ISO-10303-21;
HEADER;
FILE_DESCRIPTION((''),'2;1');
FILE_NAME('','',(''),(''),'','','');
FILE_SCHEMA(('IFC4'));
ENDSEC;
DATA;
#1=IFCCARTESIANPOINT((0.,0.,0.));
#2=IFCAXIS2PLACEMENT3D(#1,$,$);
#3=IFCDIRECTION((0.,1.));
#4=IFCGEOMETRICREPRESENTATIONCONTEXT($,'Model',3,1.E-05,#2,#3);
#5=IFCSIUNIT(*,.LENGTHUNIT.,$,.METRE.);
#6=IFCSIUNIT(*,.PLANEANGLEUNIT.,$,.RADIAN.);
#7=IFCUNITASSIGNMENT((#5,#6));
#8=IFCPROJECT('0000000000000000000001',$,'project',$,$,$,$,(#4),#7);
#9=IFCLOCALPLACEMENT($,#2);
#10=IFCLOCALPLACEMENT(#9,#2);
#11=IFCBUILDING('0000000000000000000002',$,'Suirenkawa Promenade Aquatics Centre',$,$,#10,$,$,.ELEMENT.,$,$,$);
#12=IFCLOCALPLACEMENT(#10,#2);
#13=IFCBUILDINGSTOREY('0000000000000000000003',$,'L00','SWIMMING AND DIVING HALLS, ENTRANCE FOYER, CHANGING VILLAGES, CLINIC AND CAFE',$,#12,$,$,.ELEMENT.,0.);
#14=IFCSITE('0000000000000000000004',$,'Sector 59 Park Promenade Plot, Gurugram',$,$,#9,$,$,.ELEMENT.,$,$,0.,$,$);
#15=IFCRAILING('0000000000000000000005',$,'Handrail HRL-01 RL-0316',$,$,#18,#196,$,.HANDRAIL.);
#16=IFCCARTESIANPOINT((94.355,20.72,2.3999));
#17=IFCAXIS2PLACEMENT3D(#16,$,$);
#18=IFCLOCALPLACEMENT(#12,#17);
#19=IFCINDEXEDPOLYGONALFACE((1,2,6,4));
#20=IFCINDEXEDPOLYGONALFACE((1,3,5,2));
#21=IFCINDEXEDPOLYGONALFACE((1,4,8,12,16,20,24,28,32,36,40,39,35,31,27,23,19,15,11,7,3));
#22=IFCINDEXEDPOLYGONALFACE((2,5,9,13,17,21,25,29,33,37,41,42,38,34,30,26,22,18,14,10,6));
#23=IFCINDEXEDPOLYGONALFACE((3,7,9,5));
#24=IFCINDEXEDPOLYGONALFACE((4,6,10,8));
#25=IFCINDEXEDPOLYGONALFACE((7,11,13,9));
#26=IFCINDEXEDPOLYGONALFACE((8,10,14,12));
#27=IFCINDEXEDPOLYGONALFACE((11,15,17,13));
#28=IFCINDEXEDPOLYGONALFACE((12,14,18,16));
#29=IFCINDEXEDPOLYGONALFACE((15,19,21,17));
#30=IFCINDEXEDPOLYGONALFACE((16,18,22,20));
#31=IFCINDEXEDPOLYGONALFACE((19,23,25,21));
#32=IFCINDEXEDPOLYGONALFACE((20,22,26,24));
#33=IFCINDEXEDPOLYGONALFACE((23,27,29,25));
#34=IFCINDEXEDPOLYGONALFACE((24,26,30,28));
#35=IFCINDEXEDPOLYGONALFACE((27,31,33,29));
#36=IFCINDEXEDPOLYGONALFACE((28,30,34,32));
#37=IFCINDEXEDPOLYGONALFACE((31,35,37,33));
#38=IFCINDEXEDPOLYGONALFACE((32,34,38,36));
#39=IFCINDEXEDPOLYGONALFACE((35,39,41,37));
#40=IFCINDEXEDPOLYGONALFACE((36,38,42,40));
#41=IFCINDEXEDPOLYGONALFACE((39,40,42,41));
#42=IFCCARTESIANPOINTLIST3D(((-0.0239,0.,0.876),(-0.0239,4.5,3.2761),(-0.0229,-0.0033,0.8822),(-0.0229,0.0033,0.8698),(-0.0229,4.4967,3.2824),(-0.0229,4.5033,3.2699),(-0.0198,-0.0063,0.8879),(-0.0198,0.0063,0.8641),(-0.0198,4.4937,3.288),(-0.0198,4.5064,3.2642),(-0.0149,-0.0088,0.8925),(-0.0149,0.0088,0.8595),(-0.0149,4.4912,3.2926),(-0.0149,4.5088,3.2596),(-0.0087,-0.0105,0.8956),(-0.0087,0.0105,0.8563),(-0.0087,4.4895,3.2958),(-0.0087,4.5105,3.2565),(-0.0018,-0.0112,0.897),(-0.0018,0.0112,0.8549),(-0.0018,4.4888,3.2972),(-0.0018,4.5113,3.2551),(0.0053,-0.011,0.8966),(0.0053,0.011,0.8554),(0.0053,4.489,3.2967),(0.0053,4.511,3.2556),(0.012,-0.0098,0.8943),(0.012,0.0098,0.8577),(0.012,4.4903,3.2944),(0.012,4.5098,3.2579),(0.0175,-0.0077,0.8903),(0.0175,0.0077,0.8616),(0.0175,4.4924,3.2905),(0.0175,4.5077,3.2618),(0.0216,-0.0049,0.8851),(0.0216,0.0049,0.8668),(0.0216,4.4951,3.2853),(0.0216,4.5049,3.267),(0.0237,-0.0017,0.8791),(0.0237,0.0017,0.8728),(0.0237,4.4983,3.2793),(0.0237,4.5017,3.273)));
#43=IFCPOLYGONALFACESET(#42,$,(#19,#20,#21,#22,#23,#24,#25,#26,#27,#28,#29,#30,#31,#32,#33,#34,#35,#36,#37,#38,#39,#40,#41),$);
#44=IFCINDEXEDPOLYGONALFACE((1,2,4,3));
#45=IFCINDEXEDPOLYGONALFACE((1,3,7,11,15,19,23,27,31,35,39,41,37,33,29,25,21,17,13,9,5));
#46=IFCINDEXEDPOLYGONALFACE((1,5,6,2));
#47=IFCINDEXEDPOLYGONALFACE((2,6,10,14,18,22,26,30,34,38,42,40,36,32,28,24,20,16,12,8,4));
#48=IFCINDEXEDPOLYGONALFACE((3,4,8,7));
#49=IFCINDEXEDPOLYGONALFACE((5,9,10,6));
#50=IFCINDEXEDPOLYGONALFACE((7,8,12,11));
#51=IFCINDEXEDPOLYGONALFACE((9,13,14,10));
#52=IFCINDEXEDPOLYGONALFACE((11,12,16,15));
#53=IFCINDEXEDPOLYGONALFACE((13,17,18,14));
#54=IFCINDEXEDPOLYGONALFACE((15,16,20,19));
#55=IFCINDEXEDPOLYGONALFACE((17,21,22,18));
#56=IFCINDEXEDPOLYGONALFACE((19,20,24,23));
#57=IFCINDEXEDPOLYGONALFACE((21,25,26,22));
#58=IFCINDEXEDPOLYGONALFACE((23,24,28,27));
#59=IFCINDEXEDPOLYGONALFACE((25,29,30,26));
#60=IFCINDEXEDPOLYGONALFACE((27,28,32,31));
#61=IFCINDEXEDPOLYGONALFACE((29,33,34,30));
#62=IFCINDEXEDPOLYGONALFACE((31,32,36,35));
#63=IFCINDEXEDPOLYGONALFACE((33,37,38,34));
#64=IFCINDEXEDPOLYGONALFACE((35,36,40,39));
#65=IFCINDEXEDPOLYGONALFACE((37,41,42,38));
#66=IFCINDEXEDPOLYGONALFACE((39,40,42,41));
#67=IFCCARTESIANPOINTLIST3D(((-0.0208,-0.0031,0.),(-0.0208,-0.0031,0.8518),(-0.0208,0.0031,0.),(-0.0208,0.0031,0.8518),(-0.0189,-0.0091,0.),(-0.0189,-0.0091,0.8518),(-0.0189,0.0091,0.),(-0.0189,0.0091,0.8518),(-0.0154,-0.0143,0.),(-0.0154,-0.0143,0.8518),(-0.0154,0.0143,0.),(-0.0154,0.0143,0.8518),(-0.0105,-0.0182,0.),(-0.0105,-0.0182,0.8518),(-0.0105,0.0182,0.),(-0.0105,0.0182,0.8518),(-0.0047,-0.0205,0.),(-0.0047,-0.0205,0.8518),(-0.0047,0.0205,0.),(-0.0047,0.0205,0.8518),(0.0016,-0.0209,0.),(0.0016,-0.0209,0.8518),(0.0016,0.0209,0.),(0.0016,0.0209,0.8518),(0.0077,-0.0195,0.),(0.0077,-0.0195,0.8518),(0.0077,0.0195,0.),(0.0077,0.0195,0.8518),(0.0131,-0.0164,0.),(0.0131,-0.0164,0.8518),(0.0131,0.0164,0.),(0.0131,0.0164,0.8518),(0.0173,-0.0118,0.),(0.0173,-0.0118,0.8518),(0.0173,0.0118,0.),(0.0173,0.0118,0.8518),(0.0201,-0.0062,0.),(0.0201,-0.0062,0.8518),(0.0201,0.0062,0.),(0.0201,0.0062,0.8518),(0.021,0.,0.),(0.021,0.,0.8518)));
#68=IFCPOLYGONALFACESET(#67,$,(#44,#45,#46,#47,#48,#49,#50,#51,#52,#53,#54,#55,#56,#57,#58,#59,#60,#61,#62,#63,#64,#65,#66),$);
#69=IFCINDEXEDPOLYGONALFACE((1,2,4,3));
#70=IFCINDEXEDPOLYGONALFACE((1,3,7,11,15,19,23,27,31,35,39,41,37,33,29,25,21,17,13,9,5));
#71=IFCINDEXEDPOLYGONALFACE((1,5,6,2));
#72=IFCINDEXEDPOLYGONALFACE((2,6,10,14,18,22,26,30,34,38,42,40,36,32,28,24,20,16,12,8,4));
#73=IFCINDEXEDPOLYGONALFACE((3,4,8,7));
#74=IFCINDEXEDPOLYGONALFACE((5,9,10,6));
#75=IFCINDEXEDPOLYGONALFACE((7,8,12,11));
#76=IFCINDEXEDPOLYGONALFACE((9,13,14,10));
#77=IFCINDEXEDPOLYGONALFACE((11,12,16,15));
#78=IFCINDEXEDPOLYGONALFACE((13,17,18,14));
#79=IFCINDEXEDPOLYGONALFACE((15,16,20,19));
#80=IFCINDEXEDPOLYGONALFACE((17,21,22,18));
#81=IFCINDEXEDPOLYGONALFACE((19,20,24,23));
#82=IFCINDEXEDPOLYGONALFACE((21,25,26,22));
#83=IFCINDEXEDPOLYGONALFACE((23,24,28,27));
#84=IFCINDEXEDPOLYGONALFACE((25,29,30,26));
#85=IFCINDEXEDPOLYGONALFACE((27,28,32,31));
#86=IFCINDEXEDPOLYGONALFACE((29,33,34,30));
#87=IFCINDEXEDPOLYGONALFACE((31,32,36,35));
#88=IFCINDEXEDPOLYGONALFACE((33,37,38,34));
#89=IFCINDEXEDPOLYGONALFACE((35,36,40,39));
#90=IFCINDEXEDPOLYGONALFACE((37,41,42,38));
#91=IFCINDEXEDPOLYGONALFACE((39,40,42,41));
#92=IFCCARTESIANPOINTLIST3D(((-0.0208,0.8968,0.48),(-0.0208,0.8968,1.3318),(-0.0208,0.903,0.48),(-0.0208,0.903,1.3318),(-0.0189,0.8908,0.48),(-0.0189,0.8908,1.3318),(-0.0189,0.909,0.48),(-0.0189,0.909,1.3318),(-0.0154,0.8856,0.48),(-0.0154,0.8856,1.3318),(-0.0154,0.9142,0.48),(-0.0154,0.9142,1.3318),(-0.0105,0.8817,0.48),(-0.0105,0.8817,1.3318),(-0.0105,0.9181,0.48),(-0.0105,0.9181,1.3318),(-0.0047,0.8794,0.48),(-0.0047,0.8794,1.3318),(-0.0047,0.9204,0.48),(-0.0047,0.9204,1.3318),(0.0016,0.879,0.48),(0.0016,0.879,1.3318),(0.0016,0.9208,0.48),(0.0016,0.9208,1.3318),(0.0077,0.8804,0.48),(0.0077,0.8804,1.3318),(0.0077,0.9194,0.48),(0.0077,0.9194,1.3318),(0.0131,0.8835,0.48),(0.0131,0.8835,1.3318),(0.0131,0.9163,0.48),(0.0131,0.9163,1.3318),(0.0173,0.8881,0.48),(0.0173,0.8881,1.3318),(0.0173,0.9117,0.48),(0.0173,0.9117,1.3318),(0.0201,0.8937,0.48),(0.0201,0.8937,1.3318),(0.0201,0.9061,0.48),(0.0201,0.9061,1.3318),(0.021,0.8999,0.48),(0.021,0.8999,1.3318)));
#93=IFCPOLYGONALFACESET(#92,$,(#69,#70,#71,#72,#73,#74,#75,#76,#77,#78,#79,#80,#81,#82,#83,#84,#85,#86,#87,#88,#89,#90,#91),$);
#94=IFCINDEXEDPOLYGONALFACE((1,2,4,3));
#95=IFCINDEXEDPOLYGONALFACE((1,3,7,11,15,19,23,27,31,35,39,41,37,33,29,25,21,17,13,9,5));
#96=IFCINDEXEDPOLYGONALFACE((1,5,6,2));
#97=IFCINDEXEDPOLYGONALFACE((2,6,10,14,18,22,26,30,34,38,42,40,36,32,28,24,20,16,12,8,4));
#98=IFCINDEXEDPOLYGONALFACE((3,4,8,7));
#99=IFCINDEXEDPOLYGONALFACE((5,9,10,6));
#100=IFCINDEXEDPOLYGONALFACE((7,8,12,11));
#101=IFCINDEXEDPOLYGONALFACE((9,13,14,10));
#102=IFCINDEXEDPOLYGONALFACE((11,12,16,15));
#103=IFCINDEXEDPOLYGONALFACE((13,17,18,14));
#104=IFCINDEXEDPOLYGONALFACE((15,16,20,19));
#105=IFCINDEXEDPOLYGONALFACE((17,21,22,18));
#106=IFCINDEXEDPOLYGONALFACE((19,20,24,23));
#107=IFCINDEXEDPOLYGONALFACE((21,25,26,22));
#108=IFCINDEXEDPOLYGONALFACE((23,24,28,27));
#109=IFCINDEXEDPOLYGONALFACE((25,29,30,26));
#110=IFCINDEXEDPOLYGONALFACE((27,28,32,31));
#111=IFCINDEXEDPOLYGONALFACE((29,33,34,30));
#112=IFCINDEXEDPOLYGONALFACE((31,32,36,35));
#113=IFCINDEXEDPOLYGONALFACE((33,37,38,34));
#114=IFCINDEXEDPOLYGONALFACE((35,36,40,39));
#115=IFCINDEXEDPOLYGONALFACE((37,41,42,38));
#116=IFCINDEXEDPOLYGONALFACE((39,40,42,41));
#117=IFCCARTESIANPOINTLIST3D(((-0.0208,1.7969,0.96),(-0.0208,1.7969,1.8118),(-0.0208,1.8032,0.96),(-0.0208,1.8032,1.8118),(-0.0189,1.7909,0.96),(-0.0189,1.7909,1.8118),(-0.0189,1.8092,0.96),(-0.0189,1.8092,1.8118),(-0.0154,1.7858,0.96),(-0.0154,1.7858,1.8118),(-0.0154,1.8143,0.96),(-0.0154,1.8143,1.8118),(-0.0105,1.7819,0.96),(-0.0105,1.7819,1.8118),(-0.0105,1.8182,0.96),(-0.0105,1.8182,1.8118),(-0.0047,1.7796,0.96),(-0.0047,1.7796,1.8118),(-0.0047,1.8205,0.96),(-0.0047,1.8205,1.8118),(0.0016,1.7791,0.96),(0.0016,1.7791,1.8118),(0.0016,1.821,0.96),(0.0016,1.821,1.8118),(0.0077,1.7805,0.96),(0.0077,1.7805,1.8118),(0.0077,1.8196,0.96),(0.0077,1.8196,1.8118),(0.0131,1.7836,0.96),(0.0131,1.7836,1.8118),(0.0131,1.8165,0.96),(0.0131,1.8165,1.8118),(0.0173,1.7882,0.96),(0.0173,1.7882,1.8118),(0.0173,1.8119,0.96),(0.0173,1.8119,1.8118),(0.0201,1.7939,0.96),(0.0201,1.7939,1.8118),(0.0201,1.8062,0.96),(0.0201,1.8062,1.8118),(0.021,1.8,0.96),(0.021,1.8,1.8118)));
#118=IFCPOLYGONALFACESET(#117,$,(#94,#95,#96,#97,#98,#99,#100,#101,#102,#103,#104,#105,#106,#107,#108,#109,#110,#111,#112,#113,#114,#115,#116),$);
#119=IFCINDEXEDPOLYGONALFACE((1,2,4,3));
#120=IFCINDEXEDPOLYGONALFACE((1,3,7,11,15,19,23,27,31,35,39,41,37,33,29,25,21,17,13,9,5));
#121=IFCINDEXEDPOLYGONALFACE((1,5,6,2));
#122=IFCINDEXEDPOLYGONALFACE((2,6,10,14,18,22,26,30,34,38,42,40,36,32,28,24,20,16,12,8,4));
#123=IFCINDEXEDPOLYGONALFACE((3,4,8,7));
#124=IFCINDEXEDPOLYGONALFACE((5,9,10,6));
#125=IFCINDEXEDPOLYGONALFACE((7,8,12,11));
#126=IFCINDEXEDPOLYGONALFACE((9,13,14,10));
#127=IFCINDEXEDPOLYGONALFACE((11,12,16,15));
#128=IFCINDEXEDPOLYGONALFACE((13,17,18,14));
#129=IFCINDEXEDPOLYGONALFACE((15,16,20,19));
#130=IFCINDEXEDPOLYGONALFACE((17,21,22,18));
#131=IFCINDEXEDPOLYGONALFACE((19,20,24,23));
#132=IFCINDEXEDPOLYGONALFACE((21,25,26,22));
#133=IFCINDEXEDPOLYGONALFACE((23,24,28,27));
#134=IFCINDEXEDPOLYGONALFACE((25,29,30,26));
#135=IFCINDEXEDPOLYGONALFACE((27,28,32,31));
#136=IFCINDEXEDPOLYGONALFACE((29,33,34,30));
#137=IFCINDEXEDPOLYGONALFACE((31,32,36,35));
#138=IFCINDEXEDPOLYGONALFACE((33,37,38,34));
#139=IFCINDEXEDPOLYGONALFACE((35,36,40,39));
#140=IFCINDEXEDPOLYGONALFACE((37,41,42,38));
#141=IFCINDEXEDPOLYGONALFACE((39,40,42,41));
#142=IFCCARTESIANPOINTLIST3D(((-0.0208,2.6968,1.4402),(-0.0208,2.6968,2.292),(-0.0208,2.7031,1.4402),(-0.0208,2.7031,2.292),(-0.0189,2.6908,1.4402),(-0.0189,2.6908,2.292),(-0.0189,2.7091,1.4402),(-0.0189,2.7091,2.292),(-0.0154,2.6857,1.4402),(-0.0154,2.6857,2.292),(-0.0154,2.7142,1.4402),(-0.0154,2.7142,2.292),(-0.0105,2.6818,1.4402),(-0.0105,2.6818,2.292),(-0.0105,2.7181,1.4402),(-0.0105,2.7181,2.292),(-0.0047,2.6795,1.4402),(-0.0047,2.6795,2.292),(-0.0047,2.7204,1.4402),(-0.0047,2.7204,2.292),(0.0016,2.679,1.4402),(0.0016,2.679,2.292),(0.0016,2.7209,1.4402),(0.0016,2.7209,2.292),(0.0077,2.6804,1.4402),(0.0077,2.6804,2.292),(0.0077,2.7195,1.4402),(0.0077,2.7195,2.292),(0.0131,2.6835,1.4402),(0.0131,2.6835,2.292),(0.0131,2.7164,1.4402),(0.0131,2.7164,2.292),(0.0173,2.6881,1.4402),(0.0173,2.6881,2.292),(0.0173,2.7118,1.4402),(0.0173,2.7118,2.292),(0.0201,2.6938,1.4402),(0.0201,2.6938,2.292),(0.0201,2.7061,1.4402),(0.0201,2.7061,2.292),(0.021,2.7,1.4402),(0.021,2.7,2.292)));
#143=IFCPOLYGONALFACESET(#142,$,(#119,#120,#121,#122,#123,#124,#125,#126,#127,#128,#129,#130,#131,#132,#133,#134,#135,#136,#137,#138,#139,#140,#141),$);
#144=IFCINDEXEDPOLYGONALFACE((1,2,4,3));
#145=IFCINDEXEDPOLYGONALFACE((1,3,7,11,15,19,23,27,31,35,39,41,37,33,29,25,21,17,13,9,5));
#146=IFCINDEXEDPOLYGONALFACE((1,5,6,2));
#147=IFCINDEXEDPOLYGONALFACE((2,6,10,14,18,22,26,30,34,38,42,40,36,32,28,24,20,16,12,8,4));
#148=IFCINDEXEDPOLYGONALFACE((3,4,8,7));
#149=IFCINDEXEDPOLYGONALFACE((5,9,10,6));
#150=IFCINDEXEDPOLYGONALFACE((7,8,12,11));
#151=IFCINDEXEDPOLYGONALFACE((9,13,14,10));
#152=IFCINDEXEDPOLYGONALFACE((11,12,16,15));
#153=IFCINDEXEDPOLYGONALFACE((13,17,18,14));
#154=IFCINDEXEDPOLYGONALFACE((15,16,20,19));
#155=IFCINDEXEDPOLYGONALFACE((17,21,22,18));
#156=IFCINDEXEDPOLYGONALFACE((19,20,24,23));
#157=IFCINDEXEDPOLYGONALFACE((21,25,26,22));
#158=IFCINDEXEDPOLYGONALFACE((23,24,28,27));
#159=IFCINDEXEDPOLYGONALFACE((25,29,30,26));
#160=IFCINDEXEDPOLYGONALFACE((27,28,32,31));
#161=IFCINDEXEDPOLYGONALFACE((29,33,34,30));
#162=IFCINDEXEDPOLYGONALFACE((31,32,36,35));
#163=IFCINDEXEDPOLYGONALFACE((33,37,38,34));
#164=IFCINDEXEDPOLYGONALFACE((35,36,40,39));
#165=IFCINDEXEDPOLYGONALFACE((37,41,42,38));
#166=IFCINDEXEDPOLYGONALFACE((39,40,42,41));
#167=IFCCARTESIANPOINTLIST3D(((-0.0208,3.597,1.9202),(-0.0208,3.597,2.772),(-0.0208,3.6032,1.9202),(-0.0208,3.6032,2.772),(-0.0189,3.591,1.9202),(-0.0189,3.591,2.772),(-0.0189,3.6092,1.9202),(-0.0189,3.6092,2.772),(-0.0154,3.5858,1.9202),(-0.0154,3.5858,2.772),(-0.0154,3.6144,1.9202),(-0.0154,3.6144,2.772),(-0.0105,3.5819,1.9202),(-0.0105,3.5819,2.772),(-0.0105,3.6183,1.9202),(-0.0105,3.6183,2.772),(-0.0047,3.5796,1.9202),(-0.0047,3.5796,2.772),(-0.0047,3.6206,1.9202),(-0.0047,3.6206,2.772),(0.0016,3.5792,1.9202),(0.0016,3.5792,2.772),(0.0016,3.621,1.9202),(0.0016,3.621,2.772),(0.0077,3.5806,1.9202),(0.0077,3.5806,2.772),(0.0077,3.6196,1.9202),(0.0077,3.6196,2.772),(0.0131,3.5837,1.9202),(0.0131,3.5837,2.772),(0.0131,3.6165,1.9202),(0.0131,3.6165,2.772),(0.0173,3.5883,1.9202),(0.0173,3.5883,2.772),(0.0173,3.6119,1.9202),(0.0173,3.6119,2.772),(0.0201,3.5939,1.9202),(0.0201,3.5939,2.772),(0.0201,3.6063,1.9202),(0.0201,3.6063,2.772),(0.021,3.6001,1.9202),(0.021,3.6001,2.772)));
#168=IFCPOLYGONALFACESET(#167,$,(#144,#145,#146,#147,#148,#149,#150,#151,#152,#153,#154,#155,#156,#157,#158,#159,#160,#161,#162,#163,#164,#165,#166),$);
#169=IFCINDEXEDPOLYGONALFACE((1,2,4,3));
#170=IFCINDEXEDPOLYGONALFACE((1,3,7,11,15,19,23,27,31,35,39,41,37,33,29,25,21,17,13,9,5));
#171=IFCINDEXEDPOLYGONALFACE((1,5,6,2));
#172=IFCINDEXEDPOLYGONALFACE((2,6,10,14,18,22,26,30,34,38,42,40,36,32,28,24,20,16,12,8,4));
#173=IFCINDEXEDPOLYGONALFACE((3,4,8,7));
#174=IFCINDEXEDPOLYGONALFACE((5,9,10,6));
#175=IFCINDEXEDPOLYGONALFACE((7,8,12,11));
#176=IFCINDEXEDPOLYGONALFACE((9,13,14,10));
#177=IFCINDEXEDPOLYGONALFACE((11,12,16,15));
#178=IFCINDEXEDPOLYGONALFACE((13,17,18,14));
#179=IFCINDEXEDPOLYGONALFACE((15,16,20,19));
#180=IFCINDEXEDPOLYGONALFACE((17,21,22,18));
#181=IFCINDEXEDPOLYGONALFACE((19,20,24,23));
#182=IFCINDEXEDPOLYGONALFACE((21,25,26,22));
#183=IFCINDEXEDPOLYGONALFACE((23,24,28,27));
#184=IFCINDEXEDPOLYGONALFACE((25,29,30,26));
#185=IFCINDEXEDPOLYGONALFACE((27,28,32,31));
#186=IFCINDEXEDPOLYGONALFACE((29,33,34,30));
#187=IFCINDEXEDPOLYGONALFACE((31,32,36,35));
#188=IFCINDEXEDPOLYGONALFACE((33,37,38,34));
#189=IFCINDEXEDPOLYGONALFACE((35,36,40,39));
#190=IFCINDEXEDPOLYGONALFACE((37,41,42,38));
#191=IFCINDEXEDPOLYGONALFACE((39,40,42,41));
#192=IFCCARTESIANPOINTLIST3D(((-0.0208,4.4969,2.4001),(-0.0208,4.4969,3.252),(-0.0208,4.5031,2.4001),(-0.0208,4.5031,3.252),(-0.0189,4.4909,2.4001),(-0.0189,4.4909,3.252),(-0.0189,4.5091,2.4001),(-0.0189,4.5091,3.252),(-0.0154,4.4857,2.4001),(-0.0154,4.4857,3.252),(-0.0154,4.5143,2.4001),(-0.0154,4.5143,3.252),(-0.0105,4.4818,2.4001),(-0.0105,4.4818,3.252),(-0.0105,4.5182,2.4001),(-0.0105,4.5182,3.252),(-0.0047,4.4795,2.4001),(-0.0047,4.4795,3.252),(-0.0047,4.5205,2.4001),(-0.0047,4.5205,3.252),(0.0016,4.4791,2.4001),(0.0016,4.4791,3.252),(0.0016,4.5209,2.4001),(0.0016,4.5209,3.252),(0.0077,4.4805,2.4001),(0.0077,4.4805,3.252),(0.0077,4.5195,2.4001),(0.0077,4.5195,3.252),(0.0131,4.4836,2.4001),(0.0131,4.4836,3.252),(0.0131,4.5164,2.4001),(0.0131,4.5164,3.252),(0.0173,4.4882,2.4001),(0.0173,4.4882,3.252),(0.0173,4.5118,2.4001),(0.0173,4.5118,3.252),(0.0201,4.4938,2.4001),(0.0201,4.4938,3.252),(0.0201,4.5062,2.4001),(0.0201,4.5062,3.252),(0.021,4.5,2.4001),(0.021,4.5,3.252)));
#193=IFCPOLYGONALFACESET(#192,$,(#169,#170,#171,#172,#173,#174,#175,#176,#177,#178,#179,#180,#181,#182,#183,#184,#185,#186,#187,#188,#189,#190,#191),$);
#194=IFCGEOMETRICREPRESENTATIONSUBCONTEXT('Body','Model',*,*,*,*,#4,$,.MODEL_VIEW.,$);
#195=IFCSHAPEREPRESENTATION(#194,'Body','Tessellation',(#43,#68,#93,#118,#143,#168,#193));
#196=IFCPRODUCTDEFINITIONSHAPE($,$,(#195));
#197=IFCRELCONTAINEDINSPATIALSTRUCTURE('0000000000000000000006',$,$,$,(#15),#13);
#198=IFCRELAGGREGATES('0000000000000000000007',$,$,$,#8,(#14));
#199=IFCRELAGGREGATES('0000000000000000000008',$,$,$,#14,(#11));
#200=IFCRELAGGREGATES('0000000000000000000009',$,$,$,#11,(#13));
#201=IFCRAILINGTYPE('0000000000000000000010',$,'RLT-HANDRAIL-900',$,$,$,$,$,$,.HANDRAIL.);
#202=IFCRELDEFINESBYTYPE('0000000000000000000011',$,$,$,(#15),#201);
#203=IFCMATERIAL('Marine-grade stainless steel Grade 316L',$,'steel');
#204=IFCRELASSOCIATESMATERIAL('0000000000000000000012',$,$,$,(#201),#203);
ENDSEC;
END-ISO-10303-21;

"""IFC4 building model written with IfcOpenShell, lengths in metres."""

from ifc_helpers import new_model, si_unit, direction, frame, origin, origin_2d, place, context, subcontext, project, spatial, circle, extrude, material, type_object, element, save


model = new_model("IFC4")

# Units and contexts
model_context = context("Model", 3, precision=1e-05, world=origin(), true_north=direction((0.0, 1.0)))
body_context = subcontext(model_context, "Body", "Model", "MODEL_VIEW")
ifc_project = project(units=[si_unit("LENGTHUNIT", "METRE"), si_unit("PLANEANGLEUNIT", "RADIAN")], contexts=[model_context])

# Site, building, storey
site_placement = place(None, origin())
site = spatial("IfcSite", under=ifc_project, at=site_placement, Name="Sector 59 Park Promenade Plot, Gurugram", CompositionType="ELEMENT", RefElevation=0.0)
building_placement = place(site_placement, origin())
building = spatial("IfcBuilding", under=site, at=building_placement, Name="Suirenkawa Promenade Aquatics Centre", CompositionType="ELEMENT")
storey_placement = place(building_placement, origin())
storey = spatial("IfcBuildingStorey", under=building, at=storey_placement, Name="L00", Description="SWIMMING AND DIVING HALLS, ENTRANCE FOYER, CHANGING VILLAGES, CLINIC AND CAFE", CompositionType="ELEMENT", Elevation=0.0)

# Railing
ifc_material_1 = material(Name="Marine-grade stainless steel Grade 316L", Category="steel")
railing_type_1 = type_object("IfcRailingType", Name="RLT-HANDRAIL-900", PredefinedType="HANDRAIL", material=ifc_material_1)
railing_1_placement = place(storey_placement, frame((94.355, 20.72, 2.3999)))
element("IfcRailing", 1, at=railing_1_placement, inside=storey, type_object=railing_type_1, Name="Handrail HRL-01 RL-0316", PredefinedType="HANDRAIL", context=body_context, shape_type="SweptSolid", body=[
    extrude(circle(Radius=0.0239, at=origin_2d()), frame((0.0, 0.0, 0.876), z_axis=(0.0, 0.882341, 0.470611), x_axis=(-1.0, 0.0, 0.0)), (0.0, 0.0, 1.0), 5.1001),
    extrude(circle(Radius=0.021, at=origin_2d()), origin(), (0.0, 0.0, 1.0), 0.8518),
    extrude(circle(Radius=0.021, at=origin_2d()), frame((0.0, 0.8999, 0.48)), (0.0, 0.0, 1.0), 0.8518),
    extrude(circle(Radius=0.021, at=origin_2d()), frame((0.0, 1.8, 0.96)), (0.0, 0.0, 1.0), 0.8518),
    extrude(circle(Radius=0.021, at=origin_2d()), frame((0.0, 2.7, 1.4402)), (0.0, 0.0, 1.0), 0.8518),
    extrude(circle(Radius=0.021, at=origin_2d()), frame((0.0, 3.6001, 1.9202)), (0.0, 0.0, 1.0), 0.8518),
    extrude(circle(Radius=0.021, at=origin_2d()), frame((0.0, 4.5, 2.4001)), (0.0, 0.0, 1.0), 0.8518),
])

save(model, "model.ifc")
